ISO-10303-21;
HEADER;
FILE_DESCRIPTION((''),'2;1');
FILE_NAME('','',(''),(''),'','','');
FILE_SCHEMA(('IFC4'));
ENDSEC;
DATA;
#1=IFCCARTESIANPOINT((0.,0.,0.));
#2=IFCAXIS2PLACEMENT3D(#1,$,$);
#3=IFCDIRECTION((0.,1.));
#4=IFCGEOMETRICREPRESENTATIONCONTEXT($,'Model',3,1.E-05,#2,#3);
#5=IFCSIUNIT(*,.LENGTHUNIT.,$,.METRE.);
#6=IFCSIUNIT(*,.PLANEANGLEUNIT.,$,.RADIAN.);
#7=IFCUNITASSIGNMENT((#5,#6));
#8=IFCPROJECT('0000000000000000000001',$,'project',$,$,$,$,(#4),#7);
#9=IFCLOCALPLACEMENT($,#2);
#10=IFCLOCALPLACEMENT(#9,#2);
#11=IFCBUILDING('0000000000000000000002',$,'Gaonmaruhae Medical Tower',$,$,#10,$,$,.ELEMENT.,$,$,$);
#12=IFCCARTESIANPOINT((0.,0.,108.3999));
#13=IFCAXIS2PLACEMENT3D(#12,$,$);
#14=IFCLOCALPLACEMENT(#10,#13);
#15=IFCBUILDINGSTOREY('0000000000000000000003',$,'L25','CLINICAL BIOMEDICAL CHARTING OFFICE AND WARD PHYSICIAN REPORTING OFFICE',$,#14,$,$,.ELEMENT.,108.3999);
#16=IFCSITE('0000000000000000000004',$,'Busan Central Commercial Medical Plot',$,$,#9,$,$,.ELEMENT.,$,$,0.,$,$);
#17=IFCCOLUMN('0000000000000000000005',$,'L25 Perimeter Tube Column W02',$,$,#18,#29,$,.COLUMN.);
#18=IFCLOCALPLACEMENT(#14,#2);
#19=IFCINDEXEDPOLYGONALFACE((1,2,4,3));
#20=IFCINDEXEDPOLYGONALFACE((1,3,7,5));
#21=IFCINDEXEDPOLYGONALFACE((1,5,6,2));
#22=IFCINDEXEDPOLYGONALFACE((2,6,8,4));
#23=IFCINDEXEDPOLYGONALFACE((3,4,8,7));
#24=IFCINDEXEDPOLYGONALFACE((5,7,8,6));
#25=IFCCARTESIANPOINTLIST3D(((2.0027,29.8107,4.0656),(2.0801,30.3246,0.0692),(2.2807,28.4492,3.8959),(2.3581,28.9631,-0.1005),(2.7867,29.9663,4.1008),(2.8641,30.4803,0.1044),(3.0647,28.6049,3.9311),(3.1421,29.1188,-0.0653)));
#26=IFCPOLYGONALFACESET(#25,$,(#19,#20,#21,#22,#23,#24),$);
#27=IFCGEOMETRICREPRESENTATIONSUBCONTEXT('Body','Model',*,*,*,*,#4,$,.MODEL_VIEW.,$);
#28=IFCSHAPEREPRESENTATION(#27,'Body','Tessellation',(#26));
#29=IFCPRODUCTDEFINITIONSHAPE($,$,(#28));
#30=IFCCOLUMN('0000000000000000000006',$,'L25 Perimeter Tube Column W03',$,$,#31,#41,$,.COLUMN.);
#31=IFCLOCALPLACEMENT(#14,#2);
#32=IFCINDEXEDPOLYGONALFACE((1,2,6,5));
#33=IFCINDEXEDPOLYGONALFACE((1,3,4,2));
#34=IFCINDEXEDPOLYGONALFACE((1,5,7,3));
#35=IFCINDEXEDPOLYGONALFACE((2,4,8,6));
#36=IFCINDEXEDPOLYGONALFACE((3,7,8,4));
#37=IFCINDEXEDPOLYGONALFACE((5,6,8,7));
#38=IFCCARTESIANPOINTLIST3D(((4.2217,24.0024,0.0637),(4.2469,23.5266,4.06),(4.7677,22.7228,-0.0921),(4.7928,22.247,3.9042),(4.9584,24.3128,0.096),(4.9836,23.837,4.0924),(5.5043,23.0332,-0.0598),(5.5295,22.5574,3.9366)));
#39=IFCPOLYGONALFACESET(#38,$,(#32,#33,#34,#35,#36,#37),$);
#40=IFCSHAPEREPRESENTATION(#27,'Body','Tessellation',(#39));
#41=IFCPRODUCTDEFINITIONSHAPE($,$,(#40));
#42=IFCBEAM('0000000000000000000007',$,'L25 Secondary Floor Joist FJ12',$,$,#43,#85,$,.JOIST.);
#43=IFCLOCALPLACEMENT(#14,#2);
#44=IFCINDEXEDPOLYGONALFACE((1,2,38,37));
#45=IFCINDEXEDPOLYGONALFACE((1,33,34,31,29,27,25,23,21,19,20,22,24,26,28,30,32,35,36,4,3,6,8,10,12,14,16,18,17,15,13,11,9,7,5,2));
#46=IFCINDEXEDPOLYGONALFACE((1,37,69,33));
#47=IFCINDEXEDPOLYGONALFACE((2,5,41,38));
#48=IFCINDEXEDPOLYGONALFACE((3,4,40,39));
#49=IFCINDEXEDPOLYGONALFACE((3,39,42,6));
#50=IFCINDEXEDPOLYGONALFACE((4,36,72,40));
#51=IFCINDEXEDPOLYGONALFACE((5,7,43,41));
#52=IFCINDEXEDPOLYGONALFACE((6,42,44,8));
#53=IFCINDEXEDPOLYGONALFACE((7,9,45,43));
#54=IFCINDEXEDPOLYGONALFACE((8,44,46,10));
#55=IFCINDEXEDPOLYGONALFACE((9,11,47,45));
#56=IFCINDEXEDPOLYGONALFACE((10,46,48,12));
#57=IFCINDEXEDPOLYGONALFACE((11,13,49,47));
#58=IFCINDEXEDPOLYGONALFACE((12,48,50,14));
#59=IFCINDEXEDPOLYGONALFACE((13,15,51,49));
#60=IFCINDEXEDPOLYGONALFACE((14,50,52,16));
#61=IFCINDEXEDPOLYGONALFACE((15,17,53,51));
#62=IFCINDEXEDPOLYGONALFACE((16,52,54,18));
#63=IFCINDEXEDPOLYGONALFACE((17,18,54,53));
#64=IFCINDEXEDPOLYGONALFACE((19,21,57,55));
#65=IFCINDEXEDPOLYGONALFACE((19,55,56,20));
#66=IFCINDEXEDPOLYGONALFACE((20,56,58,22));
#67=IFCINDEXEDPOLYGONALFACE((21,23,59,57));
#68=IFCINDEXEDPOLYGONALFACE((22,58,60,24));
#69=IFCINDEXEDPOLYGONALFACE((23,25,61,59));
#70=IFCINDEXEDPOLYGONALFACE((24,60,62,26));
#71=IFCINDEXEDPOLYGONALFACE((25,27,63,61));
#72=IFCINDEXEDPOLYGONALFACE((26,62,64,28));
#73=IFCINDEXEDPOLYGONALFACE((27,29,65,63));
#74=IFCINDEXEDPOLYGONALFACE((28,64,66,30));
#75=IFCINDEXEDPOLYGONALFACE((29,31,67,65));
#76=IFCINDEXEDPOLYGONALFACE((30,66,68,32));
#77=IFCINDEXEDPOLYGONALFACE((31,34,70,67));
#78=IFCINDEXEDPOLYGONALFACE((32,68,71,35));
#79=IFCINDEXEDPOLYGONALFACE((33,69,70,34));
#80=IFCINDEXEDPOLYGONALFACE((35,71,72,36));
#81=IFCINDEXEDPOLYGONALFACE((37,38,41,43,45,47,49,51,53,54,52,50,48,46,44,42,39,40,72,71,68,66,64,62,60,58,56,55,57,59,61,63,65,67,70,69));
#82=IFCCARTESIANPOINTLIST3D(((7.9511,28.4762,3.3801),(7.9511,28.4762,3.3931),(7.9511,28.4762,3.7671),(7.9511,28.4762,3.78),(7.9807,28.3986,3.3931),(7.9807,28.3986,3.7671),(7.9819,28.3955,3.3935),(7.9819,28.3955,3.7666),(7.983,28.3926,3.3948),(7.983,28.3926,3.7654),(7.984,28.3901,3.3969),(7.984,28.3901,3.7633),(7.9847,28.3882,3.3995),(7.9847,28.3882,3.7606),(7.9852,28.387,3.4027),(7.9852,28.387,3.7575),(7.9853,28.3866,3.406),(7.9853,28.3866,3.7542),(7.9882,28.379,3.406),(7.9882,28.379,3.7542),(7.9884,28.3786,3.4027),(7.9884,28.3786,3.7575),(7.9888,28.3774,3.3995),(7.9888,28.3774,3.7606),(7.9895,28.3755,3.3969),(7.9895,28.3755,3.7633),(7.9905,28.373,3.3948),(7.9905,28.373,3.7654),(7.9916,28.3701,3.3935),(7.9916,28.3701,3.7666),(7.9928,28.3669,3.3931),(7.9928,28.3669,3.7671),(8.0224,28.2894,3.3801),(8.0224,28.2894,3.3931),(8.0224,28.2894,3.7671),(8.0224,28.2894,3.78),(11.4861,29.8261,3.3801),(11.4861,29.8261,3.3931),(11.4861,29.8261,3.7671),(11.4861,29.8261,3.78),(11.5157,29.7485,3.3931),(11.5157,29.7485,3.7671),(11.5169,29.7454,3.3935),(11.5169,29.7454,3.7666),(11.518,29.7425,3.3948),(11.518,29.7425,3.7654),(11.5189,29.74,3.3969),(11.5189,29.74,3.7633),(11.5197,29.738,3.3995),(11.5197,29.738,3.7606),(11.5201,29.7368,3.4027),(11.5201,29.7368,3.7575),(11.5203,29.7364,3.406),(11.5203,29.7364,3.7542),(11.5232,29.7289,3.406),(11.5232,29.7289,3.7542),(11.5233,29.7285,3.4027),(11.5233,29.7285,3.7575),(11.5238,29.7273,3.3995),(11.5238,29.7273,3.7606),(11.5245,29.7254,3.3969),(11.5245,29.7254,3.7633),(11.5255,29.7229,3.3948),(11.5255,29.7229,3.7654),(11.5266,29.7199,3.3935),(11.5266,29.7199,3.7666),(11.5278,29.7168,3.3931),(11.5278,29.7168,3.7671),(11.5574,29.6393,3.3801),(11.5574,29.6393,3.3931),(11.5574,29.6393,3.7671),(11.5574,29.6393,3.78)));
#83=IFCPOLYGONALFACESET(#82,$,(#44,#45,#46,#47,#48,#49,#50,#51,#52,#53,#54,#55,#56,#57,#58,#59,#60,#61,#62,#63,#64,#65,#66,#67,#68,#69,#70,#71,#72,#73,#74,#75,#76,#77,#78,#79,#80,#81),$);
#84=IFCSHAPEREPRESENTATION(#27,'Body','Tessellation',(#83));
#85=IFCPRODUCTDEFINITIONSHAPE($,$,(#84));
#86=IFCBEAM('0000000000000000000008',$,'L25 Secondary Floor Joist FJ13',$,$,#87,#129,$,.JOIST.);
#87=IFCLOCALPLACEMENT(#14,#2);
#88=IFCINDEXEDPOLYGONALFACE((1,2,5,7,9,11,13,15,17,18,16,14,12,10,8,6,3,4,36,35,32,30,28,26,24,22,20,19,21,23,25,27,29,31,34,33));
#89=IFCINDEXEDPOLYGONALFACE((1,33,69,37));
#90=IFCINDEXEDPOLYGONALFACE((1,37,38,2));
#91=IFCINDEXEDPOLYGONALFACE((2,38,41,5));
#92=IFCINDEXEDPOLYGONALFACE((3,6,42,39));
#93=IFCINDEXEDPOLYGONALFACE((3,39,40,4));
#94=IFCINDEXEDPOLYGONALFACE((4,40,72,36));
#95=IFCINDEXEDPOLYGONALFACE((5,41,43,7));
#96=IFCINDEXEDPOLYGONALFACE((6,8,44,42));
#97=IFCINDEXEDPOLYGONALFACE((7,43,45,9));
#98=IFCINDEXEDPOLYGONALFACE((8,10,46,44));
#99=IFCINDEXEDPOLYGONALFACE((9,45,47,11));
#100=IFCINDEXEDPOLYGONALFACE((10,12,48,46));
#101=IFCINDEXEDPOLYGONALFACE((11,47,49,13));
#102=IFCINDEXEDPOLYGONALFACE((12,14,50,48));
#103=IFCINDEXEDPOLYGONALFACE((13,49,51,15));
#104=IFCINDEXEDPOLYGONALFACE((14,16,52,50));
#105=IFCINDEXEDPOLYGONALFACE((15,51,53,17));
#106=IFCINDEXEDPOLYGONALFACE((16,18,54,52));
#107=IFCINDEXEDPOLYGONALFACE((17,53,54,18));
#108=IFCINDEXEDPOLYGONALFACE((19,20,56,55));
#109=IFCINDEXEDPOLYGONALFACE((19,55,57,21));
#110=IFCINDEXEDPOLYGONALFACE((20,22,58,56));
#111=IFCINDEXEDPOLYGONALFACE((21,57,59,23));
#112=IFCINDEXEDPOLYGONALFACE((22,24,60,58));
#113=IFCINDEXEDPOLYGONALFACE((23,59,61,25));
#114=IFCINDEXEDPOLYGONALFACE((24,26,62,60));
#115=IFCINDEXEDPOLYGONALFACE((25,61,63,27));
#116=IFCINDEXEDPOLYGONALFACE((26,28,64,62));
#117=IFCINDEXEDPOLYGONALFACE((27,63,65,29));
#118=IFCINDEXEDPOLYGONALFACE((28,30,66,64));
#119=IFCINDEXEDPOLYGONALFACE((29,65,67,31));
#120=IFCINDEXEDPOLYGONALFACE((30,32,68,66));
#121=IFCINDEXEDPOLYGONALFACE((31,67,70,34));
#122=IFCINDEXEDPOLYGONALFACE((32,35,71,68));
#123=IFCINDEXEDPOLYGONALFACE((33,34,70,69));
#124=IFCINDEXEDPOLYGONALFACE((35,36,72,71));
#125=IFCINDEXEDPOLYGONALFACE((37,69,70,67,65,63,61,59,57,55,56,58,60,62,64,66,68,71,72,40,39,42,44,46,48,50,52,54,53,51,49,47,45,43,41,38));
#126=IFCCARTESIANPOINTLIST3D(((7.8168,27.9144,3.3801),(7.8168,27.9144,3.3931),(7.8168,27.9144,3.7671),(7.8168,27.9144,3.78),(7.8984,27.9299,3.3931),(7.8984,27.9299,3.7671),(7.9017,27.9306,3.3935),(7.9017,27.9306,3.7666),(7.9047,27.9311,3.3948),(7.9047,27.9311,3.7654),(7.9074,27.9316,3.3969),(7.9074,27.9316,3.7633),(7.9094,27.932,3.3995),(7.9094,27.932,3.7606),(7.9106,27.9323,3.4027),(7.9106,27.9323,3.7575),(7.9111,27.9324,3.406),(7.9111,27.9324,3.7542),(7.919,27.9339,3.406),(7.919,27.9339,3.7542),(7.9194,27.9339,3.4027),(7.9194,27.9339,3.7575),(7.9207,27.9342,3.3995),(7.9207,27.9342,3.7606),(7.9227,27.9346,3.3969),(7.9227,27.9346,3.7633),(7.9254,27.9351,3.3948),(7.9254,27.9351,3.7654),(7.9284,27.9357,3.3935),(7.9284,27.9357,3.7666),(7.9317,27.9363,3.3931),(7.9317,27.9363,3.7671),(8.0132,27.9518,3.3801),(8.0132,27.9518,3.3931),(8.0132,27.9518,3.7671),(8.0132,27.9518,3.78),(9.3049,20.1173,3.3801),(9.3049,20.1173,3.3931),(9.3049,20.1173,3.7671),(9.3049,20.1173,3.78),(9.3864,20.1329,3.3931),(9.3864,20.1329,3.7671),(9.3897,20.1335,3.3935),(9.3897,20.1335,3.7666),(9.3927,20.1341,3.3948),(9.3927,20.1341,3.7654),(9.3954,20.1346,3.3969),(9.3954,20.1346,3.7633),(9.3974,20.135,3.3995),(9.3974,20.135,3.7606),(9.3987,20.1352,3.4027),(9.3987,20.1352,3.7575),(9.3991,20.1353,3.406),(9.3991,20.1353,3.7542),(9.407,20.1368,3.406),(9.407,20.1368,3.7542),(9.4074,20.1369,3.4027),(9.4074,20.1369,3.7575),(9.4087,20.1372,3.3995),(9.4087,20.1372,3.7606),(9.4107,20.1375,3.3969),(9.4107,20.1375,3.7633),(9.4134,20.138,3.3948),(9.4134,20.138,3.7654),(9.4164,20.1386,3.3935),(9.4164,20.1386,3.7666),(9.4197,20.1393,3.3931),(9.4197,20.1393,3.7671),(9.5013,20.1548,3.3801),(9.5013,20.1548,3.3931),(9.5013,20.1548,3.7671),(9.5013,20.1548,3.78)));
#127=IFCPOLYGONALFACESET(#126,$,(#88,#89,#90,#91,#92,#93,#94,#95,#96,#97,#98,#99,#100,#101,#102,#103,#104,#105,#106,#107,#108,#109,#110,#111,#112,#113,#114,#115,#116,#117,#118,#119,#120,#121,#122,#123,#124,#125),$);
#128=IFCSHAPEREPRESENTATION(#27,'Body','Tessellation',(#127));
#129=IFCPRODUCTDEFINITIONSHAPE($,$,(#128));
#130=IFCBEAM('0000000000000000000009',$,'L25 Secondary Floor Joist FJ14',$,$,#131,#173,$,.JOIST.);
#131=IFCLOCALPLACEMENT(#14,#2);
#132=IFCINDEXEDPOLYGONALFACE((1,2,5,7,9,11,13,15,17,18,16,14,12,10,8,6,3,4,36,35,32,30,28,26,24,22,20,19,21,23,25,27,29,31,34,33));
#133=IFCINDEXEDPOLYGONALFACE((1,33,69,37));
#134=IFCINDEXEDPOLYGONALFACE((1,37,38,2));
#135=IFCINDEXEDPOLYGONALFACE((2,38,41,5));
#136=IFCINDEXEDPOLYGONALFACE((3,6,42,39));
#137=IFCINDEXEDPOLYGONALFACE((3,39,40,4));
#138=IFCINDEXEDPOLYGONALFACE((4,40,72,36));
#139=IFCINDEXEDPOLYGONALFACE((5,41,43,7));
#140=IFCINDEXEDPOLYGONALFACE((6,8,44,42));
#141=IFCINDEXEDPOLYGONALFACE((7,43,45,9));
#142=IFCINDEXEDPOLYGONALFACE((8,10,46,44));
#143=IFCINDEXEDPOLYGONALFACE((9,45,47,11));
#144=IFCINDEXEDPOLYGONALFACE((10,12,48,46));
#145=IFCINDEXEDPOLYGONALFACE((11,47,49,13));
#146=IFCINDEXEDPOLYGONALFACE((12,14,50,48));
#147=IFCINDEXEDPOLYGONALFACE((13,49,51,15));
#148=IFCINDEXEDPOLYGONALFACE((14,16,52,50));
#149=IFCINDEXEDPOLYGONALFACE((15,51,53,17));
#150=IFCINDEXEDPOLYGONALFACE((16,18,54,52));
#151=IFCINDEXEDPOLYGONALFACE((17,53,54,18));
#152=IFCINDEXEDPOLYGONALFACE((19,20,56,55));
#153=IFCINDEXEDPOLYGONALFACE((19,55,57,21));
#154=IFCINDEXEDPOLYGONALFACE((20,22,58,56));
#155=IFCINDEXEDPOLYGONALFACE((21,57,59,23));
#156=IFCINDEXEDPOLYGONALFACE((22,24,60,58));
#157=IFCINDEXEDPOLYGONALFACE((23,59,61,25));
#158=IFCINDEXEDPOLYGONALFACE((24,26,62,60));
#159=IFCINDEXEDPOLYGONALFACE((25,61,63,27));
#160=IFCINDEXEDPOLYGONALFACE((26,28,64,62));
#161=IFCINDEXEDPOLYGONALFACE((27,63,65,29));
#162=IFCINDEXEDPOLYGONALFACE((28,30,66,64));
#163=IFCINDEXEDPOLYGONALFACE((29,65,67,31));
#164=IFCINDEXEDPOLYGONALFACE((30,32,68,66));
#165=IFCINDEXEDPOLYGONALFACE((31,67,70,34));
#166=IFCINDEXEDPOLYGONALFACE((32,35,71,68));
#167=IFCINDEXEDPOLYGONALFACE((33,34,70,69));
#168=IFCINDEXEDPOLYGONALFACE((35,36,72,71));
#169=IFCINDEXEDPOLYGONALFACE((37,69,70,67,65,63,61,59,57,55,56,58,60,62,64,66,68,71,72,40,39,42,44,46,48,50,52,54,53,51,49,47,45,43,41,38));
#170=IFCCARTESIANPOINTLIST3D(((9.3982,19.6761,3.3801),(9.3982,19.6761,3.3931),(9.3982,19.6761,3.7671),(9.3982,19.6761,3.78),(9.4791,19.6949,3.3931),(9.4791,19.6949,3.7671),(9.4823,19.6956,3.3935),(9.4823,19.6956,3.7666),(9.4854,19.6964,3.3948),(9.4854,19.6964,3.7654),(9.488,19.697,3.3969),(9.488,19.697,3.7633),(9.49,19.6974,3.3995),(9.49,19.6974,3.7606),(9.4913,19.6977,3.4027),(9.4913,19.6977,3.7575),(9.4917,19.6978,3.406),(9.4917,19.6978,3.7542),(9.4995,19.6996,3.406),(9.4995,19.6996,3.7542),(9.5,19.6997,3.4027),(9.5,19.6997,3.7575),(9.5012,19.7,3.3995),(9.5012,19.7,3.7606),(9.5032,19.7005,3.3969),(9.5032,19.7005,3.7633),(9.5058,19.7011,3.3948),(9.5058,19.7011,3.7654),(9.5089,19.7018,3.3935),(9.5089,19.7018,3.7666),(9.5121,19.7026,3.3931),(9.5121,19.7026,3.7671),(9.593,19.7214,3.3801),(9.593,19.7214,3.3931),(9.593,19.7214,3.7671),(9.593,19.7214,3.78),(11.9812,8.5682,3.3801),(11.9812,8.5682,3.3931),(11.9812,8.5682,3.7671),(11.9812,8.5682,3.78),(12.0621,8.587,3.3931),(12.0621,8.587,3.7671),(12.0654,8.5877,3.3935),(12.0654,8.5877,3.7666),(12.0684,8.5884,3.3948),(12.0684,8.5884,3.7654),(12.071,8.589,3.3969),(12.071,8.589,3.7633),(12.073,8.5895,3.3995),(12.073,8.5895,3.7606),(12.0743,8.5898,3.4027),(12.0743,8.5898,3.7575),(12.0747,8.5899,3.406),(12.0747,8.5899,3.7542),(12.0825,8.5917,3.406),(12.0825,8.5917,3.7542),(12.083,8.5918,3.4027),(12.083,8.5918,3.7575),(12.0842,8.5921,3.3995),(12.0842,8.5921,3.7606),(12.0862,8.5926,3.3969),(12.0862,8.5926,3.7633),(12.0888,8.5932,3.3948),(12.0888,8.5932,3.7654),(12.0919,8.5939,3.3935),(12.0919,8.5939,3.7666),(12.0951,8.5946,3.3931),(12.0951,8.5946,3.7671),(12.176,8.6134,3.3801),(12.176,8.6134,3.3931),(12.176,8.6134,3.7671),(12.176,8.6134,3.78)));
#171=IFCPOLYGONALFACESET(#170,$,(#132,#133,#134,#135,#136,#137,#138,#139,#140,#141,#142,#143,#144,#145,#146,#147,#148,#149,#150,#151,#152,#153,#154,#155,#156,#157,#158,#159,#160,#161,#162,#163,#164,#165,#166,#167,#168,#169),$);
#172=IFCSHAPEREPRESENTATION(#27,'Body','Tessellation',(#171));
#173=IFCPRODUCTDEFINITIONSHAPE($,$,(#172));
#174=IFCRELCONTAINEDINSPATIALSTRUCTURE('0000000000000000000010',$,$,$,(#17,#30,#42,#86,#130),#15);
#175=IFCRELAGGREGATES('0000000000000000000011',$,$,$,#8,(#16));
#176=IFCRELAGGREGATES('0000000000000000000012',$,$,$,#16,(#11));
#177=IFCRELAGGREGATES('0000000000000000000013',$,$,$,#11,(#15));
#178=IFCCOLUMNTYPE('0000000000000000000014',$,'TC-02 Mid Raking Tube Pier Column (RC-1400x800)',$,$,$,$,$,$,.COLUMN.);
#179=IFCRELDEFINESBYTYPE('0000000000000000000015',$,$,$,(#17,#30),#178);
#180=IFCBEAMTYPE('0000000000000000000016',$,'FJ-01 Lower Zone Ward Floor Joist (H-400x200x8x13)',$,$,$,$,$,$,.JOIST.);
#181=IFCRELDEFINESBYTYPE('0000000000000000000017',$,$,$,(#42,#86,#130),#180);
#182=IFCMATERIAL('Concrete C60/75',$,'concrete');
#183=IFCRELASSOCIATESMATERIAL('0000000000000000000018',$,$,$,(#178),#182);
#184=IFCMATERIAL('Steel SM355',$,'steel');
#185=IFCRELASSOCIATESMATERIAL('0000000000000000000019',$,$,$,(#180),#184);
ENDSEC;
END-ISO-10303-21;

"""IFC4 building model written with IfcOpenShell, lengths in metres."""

from ifc_helpers import new_model, si_unit, direction, frame, origin, origin_2d, place, context, subcontext, project, spatial, rectangle, i_section, extrude, material, material_profile, profile_set, type_object, element, save


model = new_model("IFC4")

# Units and contexts
model_context = context("Model", 3, precision=1e-05, world=origin(), true_north=direction((0.0, 1.0)))
body_context = subcontext(model_context, "Body", "Model", "MODEL_VIEW")
ifc_project = project(units=[si_unit("LENGTHUNIT", "METRE"), si_unit("PLANEANGLEUNIT", "RADIAN")], contexts=[model_context])

# Site, building, storey
site_placement = place(None, origin())
site = spatial("IfcSite", under=ifc_project, at=site_placement, Name="Busan Central Commercial Medical Plot", CompositionType="ELEMENT", RefElevation=0.0)
building_placement = place(site_placement, origin())
building = spatial("IfcBuilding", under=site, at=building_placement, Name="Gaonmaruhae Medical Tower", CompositionType="ELEMENT")
storey_placement = place(building_placement, frame((0.0, 0.0, 108.3999)))
storey = spatial("IfcBuildingStorey", under=building, at=storey_placement, Name="L25", Description="CLINICAL BIOMEDICAL CHARTING OFFICE AND WARD PHYSICIAN REPORTING OFFICE", CompositionType="ELEMENT", Elevation=108.3999)

# Columns
ifc_material_1 = material(Name="Concrete C60/75", Category="concrete")
ifc_material_profile_1 = material_profile(ifc_material_1, rectangle(XDim=1.3999, YDim=0.8, at=origin_2d()), Name="RC-1400x800")
ifc_profile_set_1 = profile_set([ifc_material_profile_1], Name="Concrete C60/75")
column_type = type_object("IfcColumnType", Name="TC-02 Mid Raking Tube Pier Column (RC-1400x800)", PredefinedType="COLUMN", material=ifc_profile_set_1)
column_1_placement = place(storey_placement, frame((2.6111, 29.7217, 0.002), z_axis=(-0.019204, -0.127523, 0.99165), x_axis=(-0.198586, 0.972558, 0.121222)))
element("IfcColumn", 1, at=column_1_placement, inside=storey, type_object=column_type, Name="L25 Perimeter Tube Column W02", PredefinedType="COLUMN", context=body_context, shape_type="SweptSolid", body=[
    extrude(rectangle(XDim=1.3999, YDim=0.8, at=origin_2d()), origin(), (0.0, 0.0, 1.0), 4.03),
])
column_2_placement = place(storey_placement, frame((4.863, 23.5178, 0.002), z_axis=(0.006248, -0.118229, 0.992967), x_axis=(-0.389983, 0.914072, 0.111289)))
element("IfcColumn", 2, at=column_2_placement, inside=storey, type_object=column_type, Name="L25 Perimeter Tube Column W03", PredefinedType="COLUMN", context=body_context, shape_type="SweptSolid", body=[
    extrude(rectangle(XDim=1.3999, YDim=0.8, at=origin_2d()), origin(), (0.0, 0.0, 1.0), 4.0247),
])

# Beams
ifc_material_2 = material(Name="Steel SM355", Category="steel")
ifc_material_profile_2 = material_profile(ifc_material_2, i_section(OverallWidth=0.2, OverallDepth=0.3999, WebThickness=0.0081, FlangeThickness=0.0129, FilletRadius=0.0129, at=origin_2d()), Name="H-400x200x8x13")
ifc_profile_set_2 = profile_set([ifc_material_profile_2], Name="Steel SM355")
beam_type_1 = type_object("IfcBeamType", Name="FJ-01 Lower Zone Ward Floor Joist (H-400x200x8x13)", PredefinedType="JOIST", material=ifc_profile_set_2)
beam_1_placement = place(storey_placement, frame((11.5217, 29.7327, 3.5801), z_axis=(-0.934204, -0.356738, 0.0), x_axis=(0.356738, -0.934204, 0.0)))
element("IfcBeam", 3, at=beam_1_placement, inside=storey, type_object=beam_type_1, Name="L25 Secondary Floor Joist FJ12", PredefinedType="JOIST", context=body_context, shape_type="SweptSolid", body=[
    extrude(i_section(OverallWidth=0.2, OverallDepth=0.3999, WebThickness=0.0081, FlangeThickness=0.0129, FilletRadius=0.0129, at=origin_2d()), origin(), (0.0, 0.0, 1.0), 3.7839),
])
beam_2_placement = place(storey_placement, frame((7.915, 27.9331, 3.5801), z_axis=(0.187461, -0.982272, 0.0), x_axis=(0.982272, 0.187461, 0.0)))
element("IfcBeam", 4, at=beam_2_placement, inside=storey, type_object=beam_type_1, Name="L25 Secondary Floor Joist FJ13", PredefinedType="JOIST", context=body_context, shape_type="SweptSolid", body=[
    extrude(i_section(OverallWidth=0.2, OverallDepth=0.3999, WebThickness=0.0081, FlangeThickness=0.0129, FilletRadius=0.0129, at=origin_2d()), origin(), (0.0, 0.0, 1.0), 7.9377),
])
beam_3_placement = place(storey_placement, frame((9.4956, 19.6987, 3.5801), z_axis=(0.226495, -0.974012, 0.0), x_axis=(0.974012, 0.226495, 0.0)))
element("IfcBeam", 5, at=beam_3_placement, inside=storey, type_object=beam_type_1, Name="L25 Secondary Floor Joist FJ14", PredefinedType="JOIST", context=body_context, shape_type="SweptSolid", body=[
    extrude(i_section(OverallWidth=0.2, OverallDepth=0.3999, WebThickness=0.0081, FlangeThickness=0.0129, FilletRadius=0.0129, at=origin_2d()), origin(), (0.0, 0.0, 1.0), 11.4043),
])

save(model, "model.ifc")
